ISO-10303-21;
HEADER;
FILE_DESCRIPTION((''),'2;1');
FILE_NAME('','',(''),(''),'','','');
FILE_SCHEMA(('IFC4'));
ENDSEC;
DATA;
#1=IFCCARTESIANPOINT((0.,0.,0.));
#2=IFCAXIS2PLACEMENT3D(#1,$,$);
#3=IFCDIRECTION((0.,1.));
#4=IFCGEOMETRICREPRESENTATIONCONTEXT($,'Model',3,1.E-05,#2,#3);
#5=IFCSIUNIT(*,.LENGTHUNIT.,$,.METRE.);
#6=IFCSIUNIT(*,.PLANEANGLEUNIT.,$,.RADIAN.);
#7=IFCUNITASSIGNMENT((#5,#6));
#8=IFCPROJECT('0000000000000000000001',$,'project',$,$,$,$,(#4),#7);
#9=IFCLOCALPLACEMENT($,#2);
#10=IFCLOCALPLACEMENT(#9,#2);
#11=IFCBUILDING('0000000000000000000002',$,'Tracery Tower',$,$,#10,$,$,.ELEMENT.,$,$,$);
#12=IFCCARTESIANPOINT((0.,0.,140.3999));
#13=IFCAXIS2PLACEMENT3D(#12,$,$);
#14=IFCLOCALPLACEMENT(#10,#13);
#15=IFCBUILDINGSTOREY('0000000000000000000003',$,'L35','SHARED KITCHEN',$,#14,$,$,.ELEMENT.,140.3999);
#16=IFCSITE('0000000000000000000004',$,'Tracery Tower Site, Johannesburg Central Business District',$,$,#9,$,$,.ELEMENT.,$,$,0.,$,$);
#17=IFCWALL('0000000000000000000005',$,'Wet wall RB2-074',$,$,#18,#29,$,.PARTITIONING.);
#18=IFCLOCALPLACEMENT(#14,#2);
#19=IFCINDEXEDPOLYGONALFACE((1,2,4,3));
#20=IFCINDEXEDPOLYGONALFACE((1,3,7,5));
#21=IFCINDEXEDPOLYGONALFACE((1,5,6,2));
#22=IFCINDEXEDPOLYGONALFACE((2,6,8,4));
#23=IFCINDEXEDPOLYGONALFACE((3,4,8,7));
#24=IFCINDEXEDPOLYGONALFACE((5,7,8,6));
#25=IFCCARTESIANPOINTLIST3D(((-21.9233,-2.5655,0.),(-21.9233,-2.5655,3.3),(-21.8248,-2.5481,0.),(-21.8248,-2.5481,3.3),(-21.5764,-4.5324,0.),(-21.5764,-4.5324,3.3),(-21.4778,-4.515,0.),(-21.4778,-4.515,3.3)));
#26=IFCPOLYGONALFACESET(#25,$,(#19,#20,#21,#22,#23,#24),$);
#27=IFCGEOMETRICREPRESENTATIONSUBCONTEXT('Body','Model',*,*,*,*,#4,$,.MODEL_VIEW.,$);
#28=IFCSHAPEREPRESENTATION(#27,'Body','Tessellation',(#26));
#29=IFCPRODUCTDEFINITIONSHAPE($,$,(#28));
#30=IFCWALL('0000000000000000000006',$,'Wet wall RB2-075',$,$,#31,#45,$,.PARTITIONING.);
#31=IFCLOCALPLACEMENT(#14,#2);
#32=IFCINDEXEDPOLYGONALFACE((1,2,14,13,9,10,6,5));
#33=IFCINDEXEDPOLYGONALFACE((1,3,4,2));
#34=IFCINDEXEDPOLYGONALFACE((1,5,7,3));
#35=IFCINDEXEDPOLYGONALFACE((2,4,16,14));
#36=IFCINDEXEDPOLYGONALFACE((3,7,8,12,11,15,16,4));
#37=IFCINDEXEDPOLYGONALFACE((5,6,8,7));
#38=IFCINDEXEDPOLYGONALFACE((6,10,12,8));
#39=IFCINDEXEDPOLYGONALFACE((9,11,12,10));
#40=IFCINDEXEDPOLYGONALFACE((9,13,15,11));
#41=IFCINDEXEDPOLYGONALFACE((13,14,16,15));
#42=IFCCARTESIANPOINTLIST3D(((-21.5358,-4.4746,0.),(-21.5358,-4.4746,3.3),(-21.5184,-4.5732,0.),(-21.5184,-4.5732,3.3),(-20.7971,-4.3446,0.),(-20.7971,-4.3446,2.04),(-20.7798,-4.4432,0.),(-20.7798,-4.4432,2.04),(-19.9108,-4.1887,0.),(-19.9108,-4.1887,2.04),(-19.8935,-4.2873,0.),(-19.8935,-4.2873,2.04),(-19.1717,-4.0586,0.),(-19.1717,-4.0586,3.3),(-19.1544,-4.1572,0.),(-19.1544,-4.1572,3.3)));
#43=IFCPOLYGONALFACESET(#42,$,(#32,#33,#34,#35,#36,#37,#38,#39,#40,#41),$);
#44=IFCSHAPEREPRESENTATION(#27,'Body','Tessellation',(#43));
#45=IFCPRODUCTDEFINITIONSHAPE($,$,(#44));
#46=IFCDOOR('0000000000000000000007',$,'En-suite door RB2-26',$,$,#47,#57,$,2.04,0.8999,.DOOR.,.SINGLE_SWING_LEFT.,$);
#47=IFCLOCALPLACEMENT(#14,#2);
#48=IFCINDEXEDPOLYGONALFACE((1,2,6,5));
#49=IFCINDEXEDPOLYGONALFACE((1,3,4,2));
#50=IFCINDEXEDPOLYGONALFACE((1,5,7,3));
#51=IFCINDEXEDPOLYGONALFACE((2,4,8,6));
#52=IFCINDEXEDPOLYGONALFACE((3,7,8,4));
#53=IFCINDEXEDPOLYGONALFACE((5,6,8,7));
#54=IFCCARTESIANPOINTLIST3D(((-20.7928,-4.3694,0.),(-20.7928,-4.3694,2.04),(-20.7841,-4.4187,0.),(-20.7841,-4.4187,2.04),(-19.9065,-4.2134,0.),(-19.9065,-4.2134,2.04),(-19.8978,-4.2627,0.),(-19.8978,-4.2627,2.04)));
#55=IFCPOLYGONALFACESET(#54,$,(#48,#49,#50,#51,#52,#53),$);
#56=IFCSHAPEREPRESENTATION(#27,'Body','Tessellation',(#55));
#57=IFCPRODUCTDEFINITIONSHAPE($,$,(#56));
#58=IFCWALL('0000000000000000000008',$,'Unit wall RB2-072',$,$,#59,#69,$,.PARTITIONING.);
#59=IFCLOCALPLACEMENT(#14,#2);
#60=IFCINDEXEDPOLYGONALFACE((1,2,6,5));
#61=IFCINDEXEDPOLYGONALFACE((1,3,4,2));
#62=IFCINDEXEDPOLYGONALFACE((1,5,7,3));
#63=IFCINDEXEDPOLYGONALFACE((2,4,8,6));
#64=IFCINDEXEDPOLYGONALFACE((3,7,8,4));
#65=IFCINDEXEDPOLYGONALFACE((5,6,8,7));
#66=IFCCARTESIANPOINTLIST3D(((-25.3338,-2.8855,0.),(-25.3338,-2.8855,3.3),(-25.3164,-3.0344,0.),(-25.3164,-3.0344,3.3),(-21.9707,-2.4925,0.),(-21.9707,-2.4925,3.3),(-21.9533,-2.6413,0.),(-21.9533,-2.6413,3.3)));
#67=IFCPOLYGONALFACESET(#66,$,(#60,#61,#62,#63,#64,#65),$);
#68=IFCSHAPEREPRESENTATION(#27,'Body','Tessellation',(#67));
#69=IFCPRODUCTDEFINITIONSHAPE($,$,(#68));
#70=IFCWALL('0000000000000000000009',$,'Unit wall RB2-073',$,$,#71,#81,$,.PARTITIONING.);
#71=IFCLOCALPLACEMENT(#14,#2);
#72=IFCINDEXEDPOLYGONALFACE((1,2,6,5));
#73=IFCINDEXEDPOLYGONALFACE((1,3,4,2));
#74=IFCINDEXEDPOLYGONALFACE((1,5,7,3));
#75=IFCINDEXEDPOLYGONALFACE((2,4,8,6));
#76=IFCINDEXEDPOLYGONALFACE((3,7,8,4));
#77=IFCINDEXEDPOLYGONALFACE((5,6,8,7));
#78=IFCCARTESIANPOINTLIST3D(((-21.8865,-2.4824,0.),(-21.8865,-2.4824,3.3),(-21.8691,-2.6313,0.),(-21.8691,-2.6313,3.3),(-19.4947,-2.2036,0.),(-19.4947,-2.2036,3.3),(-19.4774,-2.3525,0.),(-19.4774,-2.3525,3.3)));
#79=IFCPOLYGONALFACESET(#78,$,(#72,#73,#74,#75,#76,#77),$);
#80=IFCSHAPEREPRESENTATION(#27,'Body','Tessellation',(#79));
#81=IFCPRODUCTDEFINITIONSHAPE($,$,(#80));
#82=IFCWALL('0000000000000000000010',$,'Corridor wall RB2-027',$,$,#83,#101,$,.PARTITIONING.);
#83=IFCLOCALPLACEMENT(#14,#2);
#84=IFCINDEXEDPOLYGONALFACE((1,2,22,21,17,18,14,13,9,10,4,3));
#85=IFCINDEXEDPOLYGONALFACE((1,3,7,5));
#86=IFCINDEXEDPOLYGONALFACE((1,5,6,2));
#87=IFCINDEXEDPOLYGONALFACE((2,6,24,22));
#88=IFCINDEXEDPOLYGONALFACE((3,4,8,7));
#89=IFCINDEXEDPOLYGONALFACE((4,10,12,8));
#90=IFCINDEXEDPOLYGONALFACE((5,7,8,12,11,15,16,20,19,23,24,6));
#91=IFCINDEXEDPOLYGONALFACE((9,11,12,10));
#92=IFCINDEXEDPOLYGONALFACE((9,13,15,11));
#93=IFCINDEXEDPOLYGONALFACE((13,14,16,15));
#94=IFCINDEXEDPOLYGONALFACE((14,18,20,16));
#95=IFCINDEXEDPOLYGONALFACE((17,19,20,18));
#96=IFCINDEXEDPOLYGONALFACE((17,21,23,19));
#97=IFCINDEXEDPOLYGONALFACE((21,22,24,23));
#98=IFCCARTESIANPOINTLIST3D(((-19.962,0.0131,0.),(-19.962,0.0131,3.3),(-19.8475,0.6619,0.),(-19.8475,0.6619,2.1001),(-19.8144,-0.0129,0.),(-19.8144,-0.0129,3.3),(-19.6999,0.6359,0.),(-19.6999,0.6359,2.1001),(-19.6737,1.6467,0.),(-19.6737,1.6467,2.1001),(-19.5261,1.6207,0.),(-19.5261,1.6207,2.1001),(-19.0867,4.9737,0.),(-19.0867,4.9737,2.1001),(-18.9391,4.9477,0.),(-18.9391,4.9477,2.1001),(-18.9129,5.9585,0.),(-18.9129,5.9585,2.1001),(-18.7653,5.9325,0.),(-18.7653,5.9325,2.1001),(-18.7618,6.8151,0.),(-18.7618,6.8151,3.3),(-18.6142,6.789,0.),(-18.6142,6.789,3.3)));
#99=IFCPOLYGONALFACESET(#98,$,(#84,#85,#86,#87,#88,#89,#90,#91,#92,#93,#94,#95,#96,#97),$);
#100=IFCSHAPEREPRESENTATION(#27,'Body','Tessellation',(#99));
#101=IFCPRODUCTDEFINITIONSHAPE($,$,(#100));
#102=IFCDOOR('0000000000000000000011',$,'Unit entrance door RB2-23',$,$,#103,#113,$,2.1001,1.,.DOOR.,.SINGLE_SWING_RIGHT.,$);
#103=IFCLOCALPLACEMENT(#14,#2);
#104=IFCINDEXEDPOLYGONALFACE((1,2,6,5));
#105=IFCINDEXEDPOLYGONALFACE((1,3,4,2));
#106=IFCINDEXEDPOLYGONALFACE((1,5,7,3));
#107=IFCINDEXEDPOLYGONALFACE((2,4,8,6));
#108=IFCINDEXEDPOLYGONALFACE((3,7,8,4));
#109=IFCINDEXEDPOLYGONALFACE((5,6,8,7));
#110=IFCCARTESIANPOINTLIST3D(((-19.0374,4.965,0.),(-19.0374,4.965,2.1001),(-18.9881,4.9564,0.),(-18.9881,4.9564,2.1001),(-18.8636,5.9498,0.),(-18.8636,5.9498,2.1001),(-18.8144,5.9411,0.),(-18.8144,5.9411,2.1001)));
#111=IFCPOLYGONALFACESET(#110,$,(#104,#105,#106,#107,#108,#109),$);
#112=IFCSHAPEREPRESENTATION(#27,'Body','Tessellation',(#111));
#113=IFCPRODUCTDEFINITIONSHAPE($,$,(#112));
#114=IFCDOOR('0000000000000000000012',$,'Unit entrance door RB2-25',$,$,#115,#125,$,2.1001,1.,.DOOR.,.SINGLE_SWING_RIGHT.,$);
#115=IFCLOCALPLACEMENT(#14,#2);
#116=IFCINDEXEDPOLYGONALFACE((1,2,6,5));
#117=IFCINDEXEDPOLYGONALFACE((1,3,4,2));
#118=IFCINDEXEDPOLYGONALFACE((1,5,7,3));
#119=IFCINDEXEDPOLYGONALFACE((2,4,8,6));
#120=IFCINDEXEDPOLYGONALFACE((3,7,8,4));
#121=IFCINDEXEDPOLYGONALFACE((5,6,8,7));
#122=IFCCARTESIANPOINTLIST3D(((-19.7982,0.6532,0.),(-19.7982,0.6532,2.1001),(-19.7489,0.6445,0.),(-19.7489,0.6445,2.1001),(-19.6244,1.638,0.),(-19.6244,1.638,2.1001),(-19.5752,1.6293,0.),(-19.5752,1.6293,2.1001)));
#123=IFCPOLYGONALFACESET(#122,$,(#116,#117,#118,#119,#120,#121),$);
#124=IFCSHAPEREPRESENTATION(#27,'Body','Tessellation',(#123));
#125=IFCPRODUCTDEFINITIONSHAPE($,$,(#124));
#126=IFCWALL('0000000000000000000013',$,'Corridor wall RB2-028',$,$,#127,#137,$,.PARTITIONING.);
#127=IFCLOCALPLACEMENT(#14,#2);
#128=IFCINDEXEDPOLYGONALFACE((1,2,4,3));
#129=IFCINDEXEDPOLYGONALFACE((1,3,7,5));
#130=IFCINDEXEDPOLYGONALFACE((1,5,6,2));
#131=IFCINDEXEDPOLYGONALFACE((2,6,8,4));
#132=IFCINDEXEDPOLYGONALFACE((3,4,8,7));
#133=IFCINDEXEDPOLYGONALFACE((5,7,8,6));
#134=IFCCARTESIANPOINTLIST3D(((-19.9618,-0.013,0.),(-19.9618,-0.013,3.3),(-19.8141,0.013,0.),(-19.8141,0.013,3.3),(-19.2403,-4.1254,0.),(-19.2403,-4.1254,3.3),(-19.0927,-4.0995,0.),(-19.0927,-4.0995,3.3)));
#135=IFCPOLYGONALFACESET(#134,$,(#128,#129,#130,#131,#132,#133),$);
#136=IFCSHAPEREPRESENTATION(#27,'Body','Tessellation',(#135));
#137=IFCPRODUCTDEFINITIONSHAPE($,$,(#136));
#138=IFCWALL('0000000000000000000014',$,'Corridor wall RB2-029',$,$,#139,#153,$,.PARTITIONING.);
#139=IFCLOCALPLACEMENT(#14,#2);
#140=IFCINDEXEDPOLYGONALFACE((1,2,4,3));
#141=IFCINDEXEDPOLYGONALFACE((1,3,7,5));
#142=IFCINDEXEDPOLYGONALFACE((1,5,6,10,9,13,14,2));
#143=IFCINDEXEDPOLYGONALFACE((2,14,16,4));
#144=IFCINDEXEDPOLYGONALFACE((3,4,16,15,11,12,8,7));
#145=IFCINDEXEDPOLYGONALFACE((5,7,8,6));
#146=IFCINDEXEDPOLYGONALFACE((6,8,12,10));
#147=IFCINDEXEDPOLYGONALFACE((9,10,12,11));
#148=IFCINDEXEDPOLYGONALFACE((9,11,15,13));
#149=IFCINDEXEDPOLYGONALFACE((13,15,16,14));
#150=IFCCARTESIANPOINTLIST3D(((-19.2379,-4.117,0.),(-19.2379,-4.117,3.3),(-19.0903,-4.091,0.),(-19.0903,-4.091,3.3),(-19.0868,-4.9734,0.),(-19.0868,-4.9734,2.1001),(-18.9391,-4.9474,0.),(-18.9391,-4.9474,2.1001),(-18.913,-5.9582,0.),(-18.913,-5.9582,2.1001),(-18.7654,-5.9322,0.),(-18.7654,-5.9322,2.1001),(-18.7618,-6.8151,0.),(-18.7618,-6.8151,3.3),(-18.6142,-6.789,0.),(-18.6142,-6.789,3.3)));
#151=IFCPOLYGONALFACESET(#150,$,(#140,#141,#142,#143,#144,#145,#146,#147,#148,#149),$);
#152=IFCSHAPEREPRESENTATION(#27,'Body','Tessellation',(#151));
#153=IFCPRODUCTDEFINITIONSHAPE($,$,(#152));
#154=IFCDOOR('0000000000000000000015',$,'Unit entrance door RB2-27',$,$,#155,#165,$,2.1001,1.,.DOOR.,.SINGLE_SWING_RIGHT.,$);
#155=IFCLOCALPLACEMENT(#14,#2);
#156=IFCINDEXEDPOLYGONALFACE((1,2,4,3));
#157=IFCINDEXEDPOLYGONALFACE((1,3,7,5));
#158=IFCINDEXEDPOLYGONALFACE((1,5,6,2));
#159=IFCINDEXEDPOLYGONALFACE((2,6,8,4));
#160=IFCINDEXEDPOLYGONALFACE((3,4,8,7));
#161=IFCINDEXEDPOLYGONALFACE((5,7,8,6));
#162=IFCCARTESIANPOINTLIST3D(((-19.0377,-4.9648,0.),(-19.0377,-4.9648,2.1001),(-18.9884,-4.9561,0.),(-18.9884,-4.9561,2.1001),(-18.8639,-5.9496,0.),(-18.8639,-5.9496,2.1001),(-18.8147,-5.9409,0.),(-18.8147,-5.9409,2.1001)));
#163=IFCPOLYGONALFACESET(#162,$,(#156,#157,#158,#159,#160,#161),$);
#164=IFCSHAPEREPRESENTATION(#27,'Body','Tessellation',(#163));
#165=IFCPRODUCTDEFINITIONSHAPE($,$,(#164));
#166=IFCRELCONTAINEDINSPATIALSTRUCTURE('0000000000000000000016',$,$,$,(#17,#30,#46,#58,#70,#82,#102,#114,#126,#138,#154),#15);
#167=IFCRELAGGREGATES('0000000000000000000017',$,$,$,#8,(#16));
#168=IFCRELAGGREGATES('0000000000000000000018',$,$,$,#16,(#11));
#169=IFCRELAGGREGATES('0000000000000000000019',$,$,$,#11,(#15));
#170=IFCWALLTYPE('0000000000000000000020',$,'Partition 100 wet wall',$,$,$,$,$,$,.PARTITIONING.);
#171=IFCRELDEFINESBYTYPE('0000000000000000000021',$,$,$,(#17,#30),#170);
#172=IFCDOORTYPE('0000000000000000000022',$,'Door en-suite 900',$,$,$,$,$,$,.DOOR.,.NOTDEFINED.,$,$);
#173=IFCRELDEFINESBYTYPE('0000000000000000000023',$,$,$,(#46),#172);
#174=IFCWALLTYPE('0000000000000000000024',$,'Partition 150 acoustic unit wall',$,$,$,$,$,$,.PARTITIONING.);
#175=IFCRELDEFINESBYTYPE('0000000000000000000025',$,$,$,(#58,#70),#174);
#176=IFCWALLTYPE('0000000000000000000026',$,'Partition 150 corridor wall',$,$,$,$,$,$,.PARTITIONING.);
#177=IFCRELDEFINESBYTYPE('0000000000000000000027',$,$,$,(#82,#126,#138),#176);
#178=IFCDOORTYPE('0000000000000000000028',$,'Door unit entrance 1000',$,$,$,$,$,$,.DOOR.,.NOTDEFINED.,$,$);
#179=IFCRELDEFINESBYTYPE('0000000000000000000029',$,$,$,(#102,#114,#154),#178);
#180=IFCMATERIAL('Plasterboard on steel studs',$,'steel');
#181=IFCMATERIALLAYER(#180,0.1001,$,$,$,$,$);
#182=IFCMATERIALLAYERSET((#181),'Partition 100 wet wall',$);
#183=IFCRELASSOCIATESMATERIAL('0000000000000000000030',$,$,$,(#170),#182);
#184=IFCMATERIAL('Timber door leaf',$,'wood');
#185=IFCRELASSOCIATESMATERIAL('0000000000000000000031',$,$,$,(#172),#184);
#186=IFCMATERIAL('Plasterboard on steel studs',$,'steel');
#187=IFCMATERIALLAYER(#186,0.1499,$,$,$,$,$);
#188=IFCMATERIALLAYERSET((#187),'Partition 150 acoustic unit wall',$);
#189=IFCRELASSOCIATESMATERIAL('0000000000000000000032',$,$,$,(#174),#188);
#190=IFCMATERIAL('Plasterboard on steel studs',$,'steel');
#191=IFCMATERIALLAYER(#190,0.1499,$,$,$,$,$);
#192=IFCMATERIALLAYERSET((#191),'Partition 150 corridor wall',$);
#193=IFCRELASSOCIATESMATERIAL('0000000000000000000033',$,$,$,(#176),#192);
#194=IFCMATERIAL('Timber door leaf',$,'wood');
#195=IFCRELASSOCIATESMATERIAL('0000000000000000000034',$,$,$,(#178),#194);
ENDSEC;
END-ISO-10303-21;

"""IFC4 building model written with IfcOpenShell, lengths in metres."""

from ifc_helpers import new_model, si_unit, direction, frame, frame_2d, origin, place, context, subcontext, project, spatial, rectangle, extrude, material, layer, layer_set, type_object, element, fill, save


model = new_model("IFC4")

# Units and contexts
model_context = context("Model", 3, precision=1e-05, world=origin(), true_north=direction((0.0, 1.0)))
body_context = subcontext(model_context, "Body", "Model", "MODEL_VIEW")
ifc_project = project(units=[si_unit("LENGTHUNIT", "METRE"), si_unit("PLANEANGLEUNIT", "RADIAN")], contexts=[model_context])

# Site, building, storey
site_placement = place(None, origin())
site = spatial("IfcSite", under=ifc_project, at=site_placement, Name="Tracery Tower Site, Johannesburg Central Business District", CompositionType="ELEMENT", RefElevation=0.0)
building_placement = place(site_placement, origin())
building = spatial("IfcBuilding", under=site, at=building_placement, Name="Tracery Tower", CompositionType="ELEMENT")
storey_placement = place(building_placement, frame((0.0, 0.0, 140.3999)))
storey = spatial("IfcBuildingStorey", under=building, at=storey_placement, Name="L35", Description="SHARED KITCHEN", CompositionType="ELEMENT", Elevation=140.3999)

# Shared definitions
ifc_material_1 = material(Name="Plasterboard on steel studs", Category="steel")
ifc_layer_1 = layer(ifc_material_1, 0.1001)
ifc_layer_set_1 = layer_set([ifc_layer_1], Name="Partition 100 wet wall")
wall_type_1 = type_object("IfcWallType", Name="Partition 100 wet wall", PredefinedType="PARTITIONING", material=ifc_layer_set_1)

# Shared definitions
ifc_material_2 = material(Name="Timber door leaf", Category="wood")
door_type_1 = type_object("IfcDoorType", Name="Door en-suite 900", OperationType="NOTDEFINED", PredefinedType="DOOR", material=ifc_material_2)

# Wall
wall_1_placement = place(storey_placement, frame((-21.874, -2.5569, 0.0), z_axis=(0.0, 0.0, 1.0), x_axis=(0.173688, -0.984801, 0.0)))
element("IfcWall", 1, at=wall_1_placement, inside=storey, type_object=wall_type_1, Name="Wet wall RB2-074", PredefinedType="PARTITIONING", context=body_context, shape_type="SweptSolid", body=[
    extrude(rectangle(XDim=1.9973, YDim=0.1001, at=frame_2d((0.9985, 0.0))), origin(), (0.0, 0.0, 1.0), 3.3),
])

# Wall, opening, door
wall_2_placement = place(storey_placement, frame((-21.5271, -4.5239, 0.0), z_axis=(0.0, 0.0, 1.0), x_axis=(0.984866, 0.173315, 0.0)))
wall_2 = element("IfcWall", 2, at=wall_2_placement, inside=storey, type_object=wall_type_1, Name="Wet wall RB2-075", PredefinedType="PARTITIONING", context=body_context, shape_type="SweptSolid", body=[
    extrude(rectangle(XDim=2.4004, YDim=0.1001, at=frame_2d((1.2002, 0.0))), origin(), (0.0, 0.0, 1.0), 3.3),
])
opening_1_placement = place(wall_2_placement, frame((0.75, 0.0, 0.0)))
opening_1 = element("IfcOpeningElement", 3, at=opening_1_placement, cuts=wall_2, PredefinedType="OPENING", context=body_context, shape_type="SweptSolid", body=[
    extrude(rectangle(XDim=0.8999, YDim=2.04, at=frame_2d((0.45, 1.02))), frame((0.0, 0.05, 0.0), z_axis=(0.0, -1.0, 0.0), x_axis=(1.0, 0.0, 0.0)), (0.0, 0.0, 1.0), 0.1001),
])
door_1_placement = place(opening_1_placement, origin())
door_1 = element("IfcDoor", 4, at=door_1_placement, inside=storey, type_object=door_type_1, Name="En-suite door RB2-26", OperationType="SINGLE_SWING_LEFT", OverallHeight=2.04, OverallWidth=0.8999, PredefinedType="DOOR", context=body_context, shape_type="SweptSolid", body=[
    extrude(rectangle(XDim=0.8999, YDim=2.04, at=frame_2d((0.45, 1.02))), frame((0.0, 0.0249, 0.0), z_axis=(0.0, -1.0, 0.0), x_axis=(1.0, 0.0, 0.0)), (0.0, 0.0, 1.0), 0.05),
])
fill(opening_1, door_1)

# Walls
ifc_material_3 = material(Name="Plasterboard on steel studs", Category="steel")
ifc_layer_2 = layer(ifc_material_3, 0.1499)
ifc_layer_set_2 = layer_set([ifc_layer_2], Name="Partition 150 acoustic unit wall")
wall_type_2 = type_object("IfcWallType", Name="Partition 150 acoustic unit wall", PredefinedType="PARTITIONING", material=ifc_layer_set_2)
wall_3_placement = place(storey_placement, frame((-25.325, -2.96, 0.0), z_axis=(0.0, 0.0, 1.0), x_axis=(0.993239, 0.116088, 0.0)))
element("IfcWall", 5, at=wall_3_placement, inside=storey, type_object=wall_type_2, Name="Unit wall RB2-072", PredefinedType="PARTITIONING", context=body_context, shape_type="SweptSolid", body=[
    extrude(rectangle(XDim=3.386, YDim=0.1499, at=frame_2d((1.6929, 0.0))), origin(), (0.0, 0.0, 1.0), 3.3),
])
wall_4_placement = place(storey_placement, frame((-21.8779, -2.5569, 0.0), z_axis=(0.0, 0.0, 1.0), x_axis=(0.993275, 0.115782, 0.0)))
element("IfcWall", 6, at=wall_4_placement, inside=storey, type_object=wall_type_2, Name="Unit wall RB2-073", PredefinedType="PARTITIONING", context=body_context, shape_type="SweptSolid", body=[
    extrude(rectangle(XDim=2.408, YDim=0.1499, at=frame_2d((1.2041, 0.0))), origin(), (0.0, 0.0, 1.0), 3.3),
])

# Wall, openings, doors
ifc_material_4 = material(Name="Plasterboard on steel studs", Category="steel")
ifc_layer_3 = layer(ifc_material_4, 0.1499)
ifc_layer_set_3 = layer_set([ifc_layer_3], Name="Partition 150 corridor wall")
wall_type_3 = type_object("IfcWallType", Name="Partition 150 corridor wall", PredefinedType="PARTITIONING", material=ifc_layer_set_3)
wall_5_placement = place(storey_placement, frame((-19.8882, 0.0, 0.0), z_axis=(0.0, 0.0, 1.0), x_axis=(0.173763, 0.984787, 0.0)))
wall_5 = element("IfcWall", 7, at=wall_5_placement, inside=storey, type_object=wall_type_3, Name="Corridor wall RB2-027", PredefinedType="PARTITIONING", context=body_context, shape_type="SweptSolid", body=[
    extrude(rectangle(XDim=6.907, YDim=0.1499, at=frame_2d((3.4536, 0.0))), origin(), (0.0, 0.0, 1.0), 3.3),
])
opening_2_placement = place(wall_5_placement, frame((5.0374, 0.0, 0.0)))
opening_2 = element("IfcOpeningElement", 8, at=opening_2_placement, cuts=wall_5, PredefinedType="OPENING", context=body_context, shape_type="SweptSolid", body=[
    extrude(rectangle(XDim=1.0, YDim=2.1001, at=frame_2d((0.5, 1.05))), frame((0.0, 0.075, 0.0), z_axis=(0.0, -1.0, 0.0), x_axis=(1.0, 0.0, 0.0)), (0.0, 0.0, 1.0), 0.1499),
])
opening_3_placement = place(wall_5_placement, frame((0.6589, 0.0, 0.0)))
opening_3 = element("IfcOpeningElement", 9, at=opening_3_placement, cuts=wall_5, PredefinedType="OPENING", context=body_context, shape_type="SweptSolid", body=[
    extrude(rectangle(XDim=1.0, YDim=2.1001, at=frame_2d((0.5, 1.05))), frame((0.0, 0.075, 0.0), z_axis=(0.0, -1.0, 0.0), x_axis=(1.0, 0.0, 0.0)), (0.0, 0.0, 1.0), 0.1499),
])
ifc_material_5 = material(Name="Timber door leaf", Category="wood")
door_type_2 = type_object("IfcDoorType", Name="Door unit entrance 1000", OperationType="NOTDEFINED", PredefinedType="DOOR", material=ifc_material_5)
door_2_placement = place(opening_2_placement, origin())
door_2 = element("IfcDoor", 10, at=door_2_placement, inside=storey, type_object=door_type_2, Name="Unit entrance door RB2-23", OperationType="SINGLE_SWING_RIGHT", OverallHeight=2.1001, OverallWidth=1.0, PredefinedType="DOOR", context=body_context, shape_type="SweptSolid", body=[
    extrude(rectangle(XDim=1.0, YDim=2.1001, at=frame_2d((0.5, 1.05))), frame((0.0, 0.0249, 0.0), z_axis=(0.0, -1.0, 0.0), x_axis=(1.0, 0.0, 0.0)), (0.0, 0.0, 1.0), 0.05),
])
fill(opening_2, door_2)
door_3_placement = place(opening_3_placement, origin())
door_3 = element("IfcDoor", 11, at=door_3_placement, inside=storey, type_object=door_type_2, Name="Unit entrance door RB2-25", OperationType="SINGLE_SWING_RIGHT", OverallHeight=2.1001, OverallWidth=1.0, PredefinedType="DOOR", context=body_context, shape_type="SweptSolid", body=[
    extrude(rectangle(XDim=1.0, YDim=2.1001, at=frame_2d((0.5, 1.05))), frame((0.0, 0.0249, 0.0), z_axis=(0.0, -1.0, 0.0), x_axis=(1.0, 0.0, 0.0)), (0.0, 0.0, 1.0), 0.05),
])
fill(opening_3, door_3)

# Wall
wall_6_placement = place(storey_placement, frame((-19.8879, 0.0, 0.0), z_axis=(0.0, 0.0, 1.0), x_axis=(0.172785, -0.98496, 0.0)))
element("IfcWall", 12, at=wall_6_placement, inside=storey, type_object=wall_type_3, Name="Corridor wall RB2-028", PredefinedType="PARTITIONING", context=body_context, shape_type="SweptSolid", body=[
    extrude(rectangle(XDim=4.1753, YDim=0.1499, at=frame_2d((2.0876, 0.0))), origin(), (0.0, 0.0, 1.0), 3.3),
])

# Wall, opening, door
wall_7_placement = place(storey_placement, frame((-19.1641, -4.104, 0.0), z_axis=(0.0, 0.0, 1.0), x_axis=(0.17377, -0.984786, 0.0)))
wall_7 = element("IfcWall", 13, at=wall_7_placement, inside=storey, type_object=wall_type_3, Name="Corridor wall RB2-029", PredefinedType="PARTITIONING", context=body_context, shape_type="SweptSolid", body=[
    extrude(rectangle(XDim=2.7397, YDim=0.1499, at=frame_2d((1.3699, 0.0))), origin(), (0.0, 0.0, 1.0), 3.3),
])
opening_4_placement = place(wall_7_placement, frame((0.8696, 0.0, 0.0)))
opening_4 = element("IfcOpeningElement", 14, at=opening_4_placement, cuts=wall_7, PredefinedType="OPENING", context=body_context, shape_type="SweptSolid", body=[
    extrude(rectangle(XDim=1.0, YDim=2.1001, at=frame_2d((0.5, 1.05))), frame((0.0, 0.075, 0.0), z_axis=(0.0, -1.0, 0.0), x_axis=(1.0, 0.0, 0.0)), (0.0, 0.0, 1.0), 0.1499),
])
door_4_placement = place(opening_4_placement, origin())
door_4 = element("IfcDoor", 15, at=door_4_placement, inside=storey, type_object=door_type_2, Name="Unit entrance door RB2-27", OperationType="SINGLE_SWING_RIGHT", OverallHeight=2.1001, OverallWidth=1.0, PredefinedType="DOOR", context=body_context, shape_type="SweptSolid", body=[
    extrude(rectangle(XDim=1.0, YDim=2.1001, at=frame_2d((0.5, 1.05))), frame((0.0, 0.0249, 0.0), z_axis=(0.0, -1.0, 0.0), x_axis=(1.0, 0.0, 0.0)), (0.0, 0.0, 1.0), 0.05),
])
fill(opening_4, door_4)

save(model, "model.ifc")
